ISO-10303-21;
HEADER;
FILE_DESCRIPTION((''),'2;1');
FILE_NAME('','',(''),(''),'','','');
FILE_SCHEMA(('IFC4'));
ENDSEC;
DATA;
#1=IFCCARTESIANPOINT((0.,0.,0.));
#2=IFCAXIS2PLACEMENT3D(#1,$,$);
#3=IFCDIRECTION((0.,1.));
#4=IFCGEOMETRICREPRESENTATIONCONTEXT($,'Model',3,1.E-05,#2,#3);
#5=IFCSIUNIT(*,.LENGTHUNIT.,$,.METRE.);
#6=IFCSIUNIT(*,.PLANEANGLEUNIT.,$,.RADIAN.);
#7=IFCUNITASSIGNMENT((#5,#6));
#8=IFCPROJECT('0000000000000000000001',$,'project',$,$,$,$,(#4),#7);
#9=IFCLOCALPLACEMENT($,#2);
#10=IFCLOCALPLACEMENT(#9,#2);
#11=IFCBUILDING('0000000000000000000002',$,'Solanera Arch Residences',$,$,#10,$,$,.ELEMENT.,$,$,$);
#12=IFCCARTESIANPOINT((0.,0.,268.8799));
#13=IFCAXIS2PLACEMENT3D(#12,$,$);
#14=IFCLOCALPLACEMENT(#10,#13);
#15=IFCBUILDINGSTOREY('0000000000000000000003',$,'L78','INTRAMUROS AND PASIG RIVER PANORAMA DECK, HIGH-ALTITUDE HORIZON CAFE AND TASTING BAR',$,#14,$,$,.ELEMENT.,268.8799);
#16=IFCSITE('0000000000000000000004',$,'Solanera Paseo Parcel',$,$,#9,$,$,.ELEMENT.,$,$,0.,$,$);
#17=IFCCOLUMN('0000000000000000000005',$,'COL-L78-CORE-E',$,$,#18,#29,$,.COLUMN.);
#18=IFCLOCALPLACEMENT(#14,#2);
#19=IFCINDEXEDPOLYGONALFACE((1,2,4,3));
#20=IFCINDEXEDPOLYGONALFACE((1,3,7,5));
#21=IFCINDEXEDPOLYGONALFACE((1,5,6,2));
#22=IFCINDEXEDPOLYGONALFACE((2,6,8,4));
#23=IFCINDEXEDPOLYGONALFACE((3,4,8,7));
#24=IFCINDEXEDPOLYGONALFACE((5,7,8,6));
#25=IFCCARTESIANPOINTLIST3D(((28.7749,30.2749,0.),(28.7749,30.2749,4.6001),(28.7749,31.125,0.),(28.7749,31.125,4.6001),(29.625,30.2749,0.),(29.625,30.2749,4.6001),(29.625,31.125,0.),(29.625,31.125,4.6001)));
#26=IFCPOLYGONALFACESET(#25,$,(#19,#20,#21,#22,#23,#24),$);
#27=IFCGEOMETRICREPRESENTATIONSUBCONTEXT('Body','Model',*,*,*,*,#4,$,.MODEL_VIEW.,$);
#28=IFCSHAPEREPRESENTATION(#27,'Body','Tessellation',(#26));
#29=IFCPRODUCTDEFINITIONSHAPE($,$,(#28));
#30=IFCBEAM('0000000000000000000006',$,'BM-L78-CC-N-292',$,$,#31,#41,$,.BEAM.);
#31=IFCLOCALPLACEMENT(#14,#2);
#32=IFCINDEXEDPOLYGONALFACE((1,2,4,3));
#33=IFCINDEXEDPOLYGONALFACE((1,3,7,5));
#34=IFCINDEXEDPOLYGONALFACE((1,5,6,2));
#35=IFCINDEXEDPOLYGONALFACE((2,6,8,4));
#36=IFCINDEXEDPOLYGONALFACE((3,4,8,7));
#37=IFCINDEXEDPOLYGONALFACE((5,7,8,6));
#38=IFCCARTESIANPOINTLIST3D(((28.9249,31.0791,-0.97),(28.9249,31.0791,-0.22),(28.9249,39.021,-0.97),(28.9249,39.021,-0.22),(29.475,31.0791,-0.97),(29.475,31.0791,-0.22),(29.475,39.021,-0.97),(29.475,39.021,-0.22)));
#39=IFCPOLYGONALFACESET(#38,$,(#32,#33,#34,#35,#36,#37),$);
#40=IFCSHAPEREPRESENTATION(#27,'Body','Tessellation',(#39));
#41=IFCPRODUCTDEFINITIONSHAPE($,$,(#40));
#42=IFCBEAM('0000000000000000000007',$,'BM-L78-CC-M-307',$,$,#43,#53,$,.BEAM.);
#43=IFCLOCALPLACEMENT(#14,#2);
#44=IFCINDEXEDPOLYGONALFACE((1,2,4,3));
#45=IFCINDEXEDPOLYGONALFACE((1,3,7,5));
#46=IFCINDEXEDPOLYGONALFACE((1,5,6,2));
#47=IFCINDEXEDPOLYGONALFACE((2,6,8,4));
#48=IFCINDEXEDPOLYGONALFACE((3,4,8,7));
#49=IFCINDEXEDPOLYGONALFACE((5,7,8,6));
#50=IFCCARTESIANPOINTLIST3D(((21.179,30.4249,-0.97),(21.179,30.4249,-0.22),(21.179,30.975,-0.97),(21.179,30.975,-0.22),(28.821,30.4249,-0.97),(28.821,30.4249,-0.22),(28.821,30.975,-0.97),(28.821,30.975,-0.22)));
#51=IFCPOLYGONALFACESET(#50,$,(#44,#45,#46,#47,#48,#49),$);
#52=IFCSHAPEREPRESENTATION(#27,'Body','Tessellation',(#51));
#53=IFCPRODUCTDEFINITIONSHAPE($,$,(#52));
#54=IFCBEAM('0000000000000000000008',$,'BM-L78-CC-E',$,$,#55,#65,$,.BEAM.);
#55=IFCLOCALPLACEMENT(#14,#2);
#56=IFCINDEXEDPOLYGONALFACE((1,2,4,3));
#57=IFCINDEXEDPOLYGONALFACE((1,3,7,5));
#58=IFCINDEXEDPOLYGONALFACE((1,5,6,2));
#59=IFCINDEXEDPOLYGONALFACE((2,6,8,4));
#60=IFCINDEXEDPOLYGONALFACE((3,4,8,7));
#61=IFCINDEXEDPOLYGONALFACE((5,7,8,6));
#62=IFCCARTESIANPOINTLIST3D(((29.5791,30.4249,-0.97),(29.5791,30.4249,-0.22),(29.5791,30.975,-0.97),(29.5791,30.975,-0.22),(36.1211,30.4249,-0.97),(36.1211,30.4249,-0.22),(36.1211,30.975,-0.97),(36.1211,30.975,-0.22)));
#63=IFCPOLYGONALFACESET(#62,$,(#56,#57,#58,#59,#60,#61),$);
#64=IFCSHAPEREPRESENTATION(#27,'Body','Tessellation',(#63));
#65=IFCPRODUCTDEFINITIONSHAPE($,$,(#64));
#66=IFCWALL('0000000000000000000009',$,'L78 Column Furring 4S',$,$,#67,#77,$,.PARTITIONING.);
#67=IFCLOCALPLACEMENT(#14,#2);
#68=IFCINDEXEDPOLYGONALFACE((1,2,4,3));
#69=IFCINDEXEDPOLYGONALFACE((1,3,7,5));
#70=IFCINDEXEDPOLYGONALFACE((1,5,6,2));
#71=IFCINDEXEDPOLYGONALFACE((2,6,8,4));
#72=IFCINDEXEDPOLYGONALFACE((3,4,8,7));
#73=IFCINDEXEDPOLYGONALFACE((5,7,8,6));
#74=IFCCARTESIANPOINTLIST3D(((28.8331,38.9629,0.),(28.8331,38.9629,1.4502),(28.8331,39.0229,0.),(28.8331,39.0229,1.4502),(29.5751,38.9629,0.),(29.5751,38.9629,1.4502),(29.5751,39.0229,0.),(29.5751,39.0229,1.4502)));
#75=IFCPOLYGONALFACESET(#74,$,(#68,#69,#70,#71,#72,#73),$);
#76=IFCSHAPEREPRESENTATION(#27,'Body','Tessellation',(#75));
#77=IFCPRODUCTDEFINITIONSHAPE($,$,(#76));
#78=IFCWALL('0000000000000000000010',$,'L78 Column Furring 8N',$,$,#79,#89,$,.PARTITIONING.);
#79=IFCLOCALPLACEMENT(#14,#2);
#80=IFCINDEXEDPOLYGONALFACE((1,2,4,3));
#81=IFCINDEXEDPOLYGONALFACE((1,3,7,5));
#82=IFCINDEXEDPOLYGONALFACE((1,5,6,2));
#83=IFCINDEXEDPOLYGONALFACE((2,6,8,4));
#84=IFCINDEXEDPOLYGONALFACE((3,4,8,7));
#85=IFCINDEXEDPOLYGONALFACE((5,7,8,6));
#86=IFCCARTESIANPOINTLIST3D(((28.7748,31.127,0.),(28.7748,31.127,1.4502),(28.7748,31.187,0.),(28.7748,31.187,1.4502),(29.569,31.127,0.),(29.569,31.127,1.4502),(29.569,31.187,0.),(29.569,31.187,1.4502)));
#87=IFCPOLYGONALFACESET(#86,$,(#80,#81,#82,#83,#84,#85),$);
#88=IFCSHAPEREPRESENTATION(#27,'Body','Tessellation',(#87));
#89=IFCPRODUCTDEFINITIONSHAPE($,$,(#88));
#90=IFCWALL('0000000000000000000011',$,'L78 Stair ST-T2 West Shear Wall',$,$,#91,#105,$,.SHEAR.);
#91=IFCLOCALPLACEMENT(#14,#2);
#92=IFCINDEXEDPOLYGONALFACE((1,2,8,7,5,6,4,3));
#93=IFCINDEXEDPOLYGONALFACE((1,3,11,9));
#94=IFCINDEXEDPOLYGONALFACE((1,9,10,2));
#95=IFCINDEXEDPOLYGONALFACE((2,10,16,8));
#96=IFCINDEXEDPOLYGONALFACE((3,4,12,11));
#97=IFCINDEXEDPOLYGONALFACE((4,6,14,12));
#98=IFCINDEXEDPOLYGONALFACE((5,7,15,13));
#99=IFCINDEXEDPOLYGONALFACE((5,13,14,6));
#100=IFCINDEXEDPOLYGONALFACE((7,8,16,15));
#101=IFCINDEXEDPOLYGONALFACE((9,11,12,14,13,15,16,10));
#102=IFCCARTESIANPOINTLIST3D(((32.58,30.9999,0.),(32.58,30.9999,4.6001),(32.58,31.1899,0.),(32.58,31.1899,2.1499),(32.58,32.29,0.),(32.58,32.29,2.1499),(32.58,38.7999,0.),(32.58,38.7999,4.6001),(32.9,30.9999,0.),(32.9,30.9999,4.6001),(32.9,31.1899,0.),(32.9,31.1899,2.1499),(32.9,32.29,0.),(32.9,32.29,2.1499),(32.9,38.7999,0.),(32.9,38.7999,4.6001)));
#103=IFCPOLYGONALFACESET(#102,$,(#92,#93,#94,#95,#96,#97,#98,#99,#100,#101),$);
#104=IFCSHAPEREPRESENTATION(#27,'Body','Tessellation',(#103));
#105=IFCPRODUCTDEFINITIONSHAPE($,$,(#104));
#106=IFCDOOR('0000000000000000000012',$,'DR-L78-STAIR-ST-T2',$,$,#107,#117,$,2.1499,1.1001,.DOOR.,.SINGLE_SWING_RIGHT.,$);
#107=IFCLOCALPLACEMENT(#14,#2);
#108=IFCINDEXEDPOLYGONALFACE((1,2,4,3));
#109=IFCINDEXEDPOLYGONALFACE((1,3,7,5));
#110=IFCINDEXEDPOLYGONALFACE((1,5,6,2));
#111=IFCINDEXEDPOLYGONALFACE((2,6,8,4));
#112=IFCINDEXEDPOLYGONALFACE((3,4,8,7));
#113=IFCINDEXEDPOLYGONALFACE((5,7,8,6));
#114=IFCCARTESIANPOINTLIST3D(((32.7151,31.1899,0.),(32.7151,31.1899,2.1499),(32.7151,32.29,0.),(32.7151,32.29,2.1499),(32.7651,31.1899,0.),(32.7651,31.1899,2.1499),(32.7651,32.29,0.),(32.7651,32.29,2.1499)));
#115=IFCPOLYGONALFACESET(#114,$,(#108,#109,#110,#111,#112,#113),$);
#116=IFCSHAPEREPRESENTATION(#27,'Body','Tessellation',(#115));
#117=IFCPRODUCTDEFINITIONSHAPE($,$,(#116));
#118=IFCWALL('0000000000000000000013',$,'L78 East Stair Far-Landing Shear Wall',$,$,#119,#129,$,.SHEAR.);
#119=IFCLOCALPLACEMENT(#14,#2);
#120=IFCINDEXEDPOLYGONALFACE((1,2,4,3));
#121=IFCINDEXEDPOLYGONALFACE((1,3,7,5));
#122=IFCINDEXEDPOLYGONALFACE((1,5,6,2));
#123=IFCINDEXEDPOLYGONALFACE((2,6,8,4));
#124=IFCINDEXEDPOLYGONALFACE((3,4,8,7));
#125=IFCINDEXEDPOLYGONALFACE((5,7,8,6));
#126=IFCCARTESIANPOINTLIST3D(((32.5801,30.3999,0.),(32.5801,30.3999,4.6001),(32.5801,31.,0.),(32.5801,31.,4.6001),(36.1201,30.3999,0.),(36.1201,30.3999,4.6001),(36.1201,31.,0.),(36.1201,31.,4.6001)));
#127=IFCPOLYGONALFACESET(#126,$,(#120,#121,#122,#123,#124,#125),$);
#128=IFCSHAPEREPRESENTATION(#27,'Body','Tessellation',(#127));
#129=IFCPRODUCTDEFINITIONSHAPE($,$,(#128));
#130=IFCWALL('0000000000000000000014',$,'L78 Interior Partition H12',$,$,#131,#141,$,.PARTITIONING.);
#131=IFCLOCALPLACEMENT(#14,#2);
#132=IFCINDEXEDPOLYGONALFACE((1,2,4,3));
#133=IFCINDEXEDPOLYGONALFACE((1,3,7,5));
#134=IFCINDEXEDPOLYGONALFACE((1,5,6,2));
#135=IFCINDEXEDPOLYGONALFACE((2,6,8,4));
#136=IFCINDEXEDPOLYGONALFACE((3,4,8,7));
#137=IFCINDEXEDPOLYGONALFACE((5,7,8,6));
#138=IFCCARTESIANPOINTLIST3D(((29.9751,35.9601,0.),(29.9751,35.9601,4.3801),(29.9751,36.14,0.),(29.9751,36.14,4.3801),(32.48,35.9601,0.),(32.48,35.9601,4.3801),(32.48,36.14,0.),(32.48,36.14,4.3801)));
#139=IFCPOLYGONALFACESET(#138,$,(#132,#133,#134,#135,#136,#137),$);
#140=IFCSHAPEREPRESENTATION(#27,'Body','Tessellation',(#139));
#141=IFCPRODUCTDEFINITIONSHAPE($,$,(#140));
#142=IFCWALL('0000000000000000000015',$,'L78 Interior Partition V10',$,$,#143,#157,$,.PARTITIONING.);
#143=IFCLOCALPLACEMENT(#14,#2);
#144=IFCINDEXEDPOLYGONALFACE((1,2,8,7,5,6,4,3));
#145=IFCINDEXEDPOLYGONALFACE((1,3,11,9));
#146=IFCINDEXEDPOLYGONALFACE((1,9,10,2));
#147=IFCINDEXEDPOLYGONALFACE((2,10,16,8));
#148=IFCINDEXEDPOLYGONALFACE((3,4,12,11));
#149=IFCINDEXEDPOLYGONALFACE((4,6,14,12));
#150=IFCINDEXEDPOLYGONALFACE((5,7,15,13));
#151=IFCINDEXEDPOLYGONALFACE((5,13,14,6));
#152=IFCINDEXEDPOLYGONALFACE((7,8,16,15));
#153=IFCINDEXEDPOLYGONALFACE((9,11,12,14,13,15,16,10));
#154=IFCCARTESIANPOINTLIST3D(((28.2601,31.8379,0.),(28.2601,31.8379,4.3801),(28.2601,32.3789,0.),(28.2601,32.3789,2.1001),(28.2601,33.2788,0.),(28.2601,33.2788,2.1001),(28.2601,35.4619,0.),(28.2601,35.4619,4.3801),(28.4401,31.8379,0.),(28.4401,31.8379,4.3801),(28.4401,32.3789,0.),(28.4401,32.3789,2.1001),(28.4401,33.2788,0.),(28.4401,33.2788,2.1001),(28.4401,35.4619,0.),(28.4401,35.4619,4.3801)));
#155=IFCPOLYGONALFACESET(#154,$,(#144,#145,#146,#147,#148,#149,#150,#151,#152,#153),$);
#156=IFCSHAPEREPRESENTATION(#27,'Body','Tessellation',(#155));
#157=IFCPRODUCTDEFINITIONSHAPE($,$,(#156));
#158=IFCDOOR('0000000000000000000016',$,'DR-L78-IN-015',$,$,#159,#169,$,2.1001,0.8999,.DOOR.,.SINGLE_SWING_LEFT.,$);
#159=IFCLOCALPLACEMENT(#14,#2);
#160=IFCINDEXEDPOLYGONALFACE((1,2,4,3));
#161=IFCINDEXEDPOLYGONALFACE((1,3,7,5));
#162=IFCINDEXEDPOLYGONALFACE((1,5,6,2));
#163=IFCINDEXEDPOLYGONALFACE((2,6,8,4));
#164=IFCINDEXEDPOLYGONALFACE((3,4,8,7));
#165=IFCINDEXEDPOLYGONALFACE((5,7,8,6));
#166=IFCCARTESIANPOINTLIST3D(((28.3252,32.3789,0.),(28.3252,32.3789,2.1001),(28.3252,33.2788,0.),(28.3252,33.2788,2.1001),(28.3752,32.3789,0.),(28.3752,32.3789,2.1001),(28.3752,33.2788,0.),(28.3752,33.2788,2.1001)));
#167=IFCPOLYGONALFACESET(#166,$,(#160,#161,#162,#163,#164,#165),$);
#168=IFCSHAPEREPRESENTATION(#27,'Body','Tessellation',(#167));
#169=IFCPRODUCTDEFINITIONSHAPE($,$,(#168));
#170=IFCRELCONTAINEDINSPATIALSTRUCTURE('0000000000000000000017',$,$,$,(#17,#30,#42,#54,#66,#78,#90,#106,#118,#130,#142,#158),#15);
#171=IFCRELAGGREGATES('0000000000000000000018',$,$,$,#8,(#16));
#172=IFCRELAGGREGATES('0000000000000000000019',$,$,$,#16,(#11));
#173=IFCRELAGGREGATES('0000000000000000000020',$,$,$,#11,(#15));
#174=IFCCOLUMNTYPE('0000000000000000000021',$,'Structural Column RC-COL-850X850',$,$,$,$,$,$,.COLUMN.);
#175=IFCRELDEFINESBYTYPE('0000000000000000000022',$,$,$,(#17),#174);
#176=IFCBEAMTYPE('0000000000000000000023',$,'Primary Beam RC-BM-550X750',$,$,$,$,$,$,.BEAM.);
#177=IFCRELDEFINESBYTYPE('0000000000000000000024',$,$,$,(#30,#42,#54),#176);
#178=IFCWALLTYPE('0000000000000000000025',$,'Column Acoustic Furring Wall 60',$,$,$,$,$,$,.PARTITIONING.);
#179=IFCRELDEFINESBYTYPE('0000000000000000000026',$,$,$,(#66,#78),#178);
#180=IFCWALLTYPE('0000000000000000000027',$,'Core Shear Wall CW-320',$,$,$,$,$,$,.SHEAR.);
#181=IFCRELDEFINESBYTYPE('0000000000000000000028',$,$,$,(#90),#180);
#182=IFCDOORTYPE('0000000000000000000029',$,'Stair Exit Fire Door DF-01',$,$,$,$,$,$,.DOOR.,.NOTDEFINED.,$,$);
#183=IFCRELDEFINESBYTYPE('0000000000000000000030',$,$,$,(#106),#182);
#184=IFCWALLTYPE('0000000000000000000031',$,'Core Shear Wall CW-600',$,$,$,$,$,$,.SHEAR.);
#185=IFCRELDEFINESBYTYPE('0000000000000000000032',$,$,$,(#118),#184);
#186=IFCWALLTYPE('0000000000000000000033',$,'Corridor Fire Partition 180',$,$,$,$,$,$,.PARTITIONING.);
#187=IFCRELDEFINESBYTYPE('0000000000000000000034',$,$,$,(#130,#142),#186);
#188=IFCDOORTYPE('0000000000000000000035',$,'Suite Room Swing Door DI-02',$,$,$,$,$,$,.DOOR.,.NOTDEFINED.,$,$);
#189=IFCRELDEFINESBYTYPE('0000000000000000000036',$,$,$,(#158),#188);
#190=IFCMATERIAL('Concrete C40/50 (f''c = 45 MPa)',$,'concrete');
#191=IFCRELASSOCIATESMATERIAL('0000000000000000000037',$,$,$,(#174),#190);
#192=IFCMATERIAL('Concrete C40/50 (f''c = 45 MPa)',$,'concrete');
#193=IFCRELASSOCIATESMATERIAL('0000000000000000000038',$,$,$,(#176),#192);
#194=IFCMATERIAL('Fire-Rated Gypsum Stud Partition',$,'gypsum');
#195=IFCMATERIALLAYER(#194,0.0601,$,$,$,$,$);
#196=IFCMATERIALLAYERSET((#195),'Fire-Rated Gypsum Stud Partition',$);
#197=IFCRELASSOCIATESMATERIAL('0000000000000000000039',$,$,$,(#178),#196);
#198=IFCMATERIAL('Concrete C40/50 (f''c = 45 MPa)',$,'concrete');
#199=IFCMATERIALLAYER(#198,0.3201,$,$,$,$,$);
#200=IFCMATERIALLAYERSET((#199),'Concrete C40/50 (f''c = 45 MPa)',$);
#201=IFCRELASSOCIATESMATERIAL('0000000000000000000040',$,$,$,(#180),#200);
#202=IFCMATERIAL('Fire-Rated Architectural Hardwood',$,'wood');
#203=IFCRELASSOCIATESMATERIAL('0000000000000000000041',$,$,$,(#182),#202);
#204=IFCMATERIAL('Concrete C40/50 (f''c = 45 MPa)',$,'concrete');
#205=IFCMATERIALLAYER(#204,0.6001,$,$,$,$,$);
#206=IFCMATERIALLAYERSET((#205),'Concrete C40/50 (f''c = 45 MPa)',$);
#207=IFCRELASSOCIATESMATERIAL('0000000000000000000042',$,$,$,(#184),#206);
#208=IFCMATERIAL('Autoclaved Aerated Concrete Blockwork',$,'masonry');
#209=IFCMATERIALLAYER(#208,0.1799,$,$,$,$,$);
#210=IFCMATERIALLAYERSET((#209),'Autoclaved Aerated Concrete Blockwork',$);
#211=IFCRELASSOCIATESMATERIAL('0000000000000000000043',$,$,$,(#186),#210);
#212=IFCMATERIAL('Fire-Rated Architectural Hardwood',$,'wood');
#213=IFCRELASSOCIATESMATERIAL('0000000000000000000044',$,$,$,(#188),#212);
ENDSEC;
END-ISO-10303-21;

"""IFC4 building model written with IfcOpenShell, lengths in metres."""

from ifc_helpers import new_model, si_unit, direction, frame, frame_2d, origin, origin_2d, place, context, subcontext, project, spatial, rectangle, extrude, material, layer, layer_set, material_profile, profile_set, type_object, element, fill, save


model = new_model("IFC4")

# Units and contexts
model_context = context("Model", 3, precision=1e-05, world=origin(), true_north=direction((0.0, 1.0)))
body_context = subcontext(model_context, "Body", "Model", "MODEL_VIEW")
ifc_project = project(units=[si_unit("LENGTHUNIT", "METRE"), si_unit("PLANEANGLEUNIT", "RADIAN")], contexts=[model_context])

# Site, building, storey
site_placement = place(None, origin())
site = spatial("IfcSite", under=ifc_project, at=site_placement, Name="Solanera Paseo Parcel", CompositionType="ELEMENT", RefElevation=0.0)
building_placement = place(site_placement, origin())
building = spatial("IfcBuilding", under=site, at=building_placement, Name="Solanera Arch Residences", CompositionType="ELEMENT")
storey_placement = place(building_placement, frame((0.0, 0.0, 268.8799)))
storey = spatial("IfcBuildingStorey", under=building, at=storey_placement, Name="L78", Description="INTRAMUROS AND PASIG RIVER PANORAMA DECK, HIGH-ALTITUDE HORIZON CAFE AND TASTING BAR", CompositionType="ELEMENT", Elevation=268.8799)

# Column
ifc_material_1 = material(Name="Concrete C40/50 (f'c = 45 MPa)", Category="concrete")
ifc_material_profile_1 = material_profile(ifc_material_1, rectangle(XDim=0.8501, YDim=0.8501, at=origin_2d()))
ifc_profile_set_1 = profile_set([ifc_material_profile_1], Name="Concrete C40/50 (f'c = 45 MPa)")
column_type = type_object("IfcColumnType", Name="Structural Column RC-COL-850X850", PredefinedType="COLUMN", material=ifc_profile_set_1)
column_placement = place(storey_placement, frame((29.2, 30.7, 0.0), z_axis=(0.0, 0.0, 1.0), x_axis=(1.0, 0.0, 0.0)))
element("IfcColumn", 1, at=column_placement, inside=storey, type_object=column_type, Name="COL-L78-CORE-E", PredefinedType="COLUMN", context=body_context, shape_type="SweptSolid", body=[
    extrude(rectangle(XDim=0.8501, YDim=0.8501, at=origin_2d()), origin(), (0.0, 0.0, 1.0), 4.6001),
])

# Beams
ifc_material_2 = material(Name="Concrete C40/50 (f'c = 45 MPa)", Category="concrete")
ifc_material_profile_2 = material_profile(ifc_material_2, rectangle(XDim=0.55, YDim=0.75, at=origin_2d()))
ifc_profile_set_2 = profile_set([ifc_material_profile_2], Name="Concrete C40/50 (f'c = 45 MPa)")
beam_type = type_object("IfcBeamType", Name="Primary Beam RC-BM-550X750", PredefinedType="BEAM", material=ifc_profile_set_2)
beam_1_placement = place(storey_placement, frame((29.2, 31.0791, -0.595), z_axis=(0.0, 1.0, 0.0), x_axis=(-1.0, 0.0, 0.0)))
element("IfcBeam", 2, at=beam_1_placement, inside=storey, type_object=beam_type, Name="BM-L78-CC-N-292", PredefinedType="BEAM", context=body_context, shape_type="SweptSolid", body=[
    extrude(rectangle(XDim=0.55, YDim=0.75, at=origin_2d()), origin(), (0.0, 0.0, 1.0), 7.9419),
])
beam_2_placement = place(storey_placement, frame((21.179, 30.7, -0.595), z_axis=(1.0, 0.0, 0.0), x_axis=(0.0, 1.0, 0.0)))
element("IfcBeam", 3, at=beam_2_placement, inside=storey, type_object=beam_type, Name="BM-L78-CC-M-307", PredefinedType="BEAM", context=body_context, shape_type="SweptSolid", body=[
    extrude(rectangle(XDim=0.55, YDim=0.75, at=origin_2d()), origin(), (0.0, 0.0, 1.0), 7.6421),
])
beam_3_placement = place(storey_placement, frame((29.5791, 30.7, -0.595), z_axis=(1.0, 0.0, 0.0), x_axis=(0.0, 1.0, 0.0)))
element("IfcBeam", 4, at=beam_3_placement, inside=storey, type_object=beam_type, Name="BM-L78-CC-E", PredefinedType="BEAM", context=body_context, shape_type="SweptSolid", body=[
    extrude(rectangle(XDim=0.55, YDim=0.75, at=origin_2d()), origin(), (0.0, 0.0, 1.0), 6.542),
])

# Walls
ifc_material_3 = material(Name="Fire-Rated Gypsum Stud Partition", Category="gypsum")
ifc_layer_1 = layer(ifc_material_3, 0.0601)
ifc_layer_set_1 = layer_set([ifc_layer_1], Name="Fire-Rated Gypsum Stud Partition")
wall_type_1 = type_object("IfcWallType", Name="Column Acoustic Furring Wall 60", PredefinedType="PARTITIONING", material=ifc_layer_set_1)
wall_1_placement = place(storey_placement, frame((28.833, 38.9929, 0.0), z_axis=(0.0, 0.0, 1.0), x_axis=(1.0, 0.0, 0.0)))
element("IfcWall", 5, at=wall_1_placement, inside=storey, type_object=wall_type_1, Name="L78 Column Furring 4S", PredefinedType="PARTITIONING", context=body_context, shape_type="SweptSolid", body=[
    extrude(rectangle(XDim=0.7419, YDim=0.0601, at=frame_2d((0.3711, 0.0))), origin(), (0.0, 0.0, 1.0), 1.4502),
])
wall_2_placement = place(storey_placement, frame((28.7749, 31.157, 0.0), z_axis=(0.0, 0.0, 1.0), x_axis=(1.0, 0.0, 0.0)))
element("IfcWall", 6, at=wall_2_placement, inside=storey, type_object=wall_type_1, Name="L78 Column Furring 8N", PredefinedType="PARTITIONING", context=body_context, shape_type="SweptSolid", body=[
    extrude(rectangle(XDim=0.7942, YDim=0.0601, at=frame_2d((0.397, 0.0))), origin(), (0.0, 0.0, 1.0), 1.4502),
])

# Wall, opening, door
ifc_material_4 = material(Name="Concrete C40/50 (f'c = 45 MPa)", Category="concrete")
ifc_layer_2 = layer(ifc_material_4, 0.3201)
ifc_layer_set_2 = layer_set([ifc_layer_2], Name="Concrete C40/50 (f'c = 45 MPa)")
wall_type_2 = type_object("IfcWallType", Name="Core Shear Wall CW-320", PredefinedType="SHEAR", material=ifc_layer_set_2)
wall_3_placement = place(storey_placement, frame((32.74, 31.0, 0.0), z_axis=(0.0, 0.0, 1.0), x_axis=(0.0, 1.0, 0.0)))
wall_3 = element("IfcWall", 7, at=wall_3_placement, inside=storey, type_object=wall_type_2, Name="L78 Stair ST-T2 West Shear Wall", PredefinedType="SHEAR", context=body_context, shape_type="SweptSolid", body=[
    extrude(rectangle(XDim=7.8, YDim=0.3201, at=frame_2d((3.8999, 0.0))), origin(), (0.0, 0.0, 1.0), 4.6001),
])
opening_1_placement = place(wall_3_placement, frame((0.1899, 0.0, 0.0)))
opening_1 = element("IfcOpeningElement", 8, at=opening_1_placement, cuts=wall_3, PredefinedType="OPENING", context=body_context, shape_type="SweptSolid", body=[
    extrude(rectangle(XDim=1.1001, YDim=2.1499, at=frame_2d((0.55, 1.075))), frame((0.0, 0.1699, 0.0), z_axis=(0.0, -1.0, 0.0), x_axis=(1.0, 0.0, 0.0)), (0.0, 0.0, 1.0), 0.3401),
])
ifc_material_5 = material(Name="Fire-Rated Architectural Hardwood", Category="wood")
door_type_1 = type_object("IfcDoorType", Name="Stair Exit Fire Door DF-01", OperationType="NOTDEFINED", PredefinedType="DOOR", material=ifc_material_5)
door_1_placement = place(opening_1_placement, origin())
door_1 = element("IfcDoor", 9, at=door_1_placement, inside=storey, type_object=door_type_1, Name="DR-L78-STAIR-ST-T2", OperationType="SINGLE_SWING_RIGHT", OverallHeight=2.1499, OverallWidth=1.1001, PredefinedType="DOOR", context=body_context, shape_type="SweptSolid", body=[
    extrude(rectangle(XDim=1.1001, YDim=2.1499, at=frame_2d((0.55, 1.075))), frame((0.0, 0.0249, 0.0), z_axis=(0.0, -1.0, 0.0), x_axis=(1.0, 0.0, 0.0)), (0.0, 0.0, 1.0), 0.05),
])
fill(opening_1, door_1)

# Walls
ifc_material_6 = material(Name="Concrete C40/50 (f'c = 45 MPa)", Category="concrete")
ifc_layer_3 = layer(ifc_material_6, 0.6001)
ifc_layer_set_3 = layer_set([ifc_layer_3], Name="Concrete C40/50 (f'c = 45 MPa)")
wall_type_3 = type_object("IfcWallType", Name="Core Shear Wall CW-600", PredefinedType="SHEAR", material=ifc_layer_set_3)
wall_4_placement = place(storey_placement, frame((32.5801, 30.7, 0.0), z_axis=(0.0, 0.0, 1.0), x_axis=(1.0, 0.0, 0.0)))
element("IfcWall", 10, at=wall_4_placement, inside=storey, type_object=wall_type_3, Name="L78 East Stair Far-Landing Shear Wall", PredefinedType="SHEAR", context=body_context, shape_type="SweptSolid", body=[
    extrude(rectangle(XDim=3.54, YDim=0.6001, at=frame_2d((1.77, 0.0))), origin(), (0.0, 0.0, 1.0), 4.6001),
])
ifc_material_7 = material(Name="Autoclaved Aerated Concrete Blockwork", Category="masonry")
ifc_layer_4 = layer(ifc_material_7, 0.1799)
ifc_layer_set_4 = layer_set([ifc_layer_4], Name="Autoclaved Aerated Concrete Blockwork")
wall_type_4 = type_object("IfcWallType", Name="Corridor Fire Partition 180", PredefinedType="PARTITIONING", material=ifc_layer_set_4)
wall_5_placement = place(storey_placement, frame((29.9751, 36.05, 0.0), z_axis=(0.0, 0.0, 1.0), x_axis=(1.0, 0.0, 0.0)))
element("IfcWall", 11, at=wall_5_placement, inside=storey, type_object=wall_type_4, Name="L78 Interior Partition H12", PredefinedType="PARTITIONING", context=body_context, shape_type="SweptSolid", body=[
    extrude(rectangle(XDim=2.5049, YDim=0.1799, at=frame_2d((1.2524, 0.0))), origin(), (0.0, 0.0, 1.0), 4.3801),
])

# Wall, opening, door
wall_6_placement = place(storey_placement, frame((28.3501, 31.8379, 0.0), z_axis=(0.0, 0.0, 1.0), x_axis=(0.0, 1.0, 0.0)))
wall_6 = element("IfcWall", 12, at=wall_6_placement, inside=storey, type_object=wall_type_4, Name="L78 Interior Partition V10", PredefinedType="PARTITIONING", context=body_context, shape_type="SweptSolid", body=[
    extrude(rectangle(XDim=3.624, YDim=0.1799, at=frame_2d((1.812, 0.0))), origin(), (0.0, 0.0, 1.0), 4.3801),
])
opening_2_placement = place(wall_6_placement, frame((0.541, 0.0, 0.0)))
opening_2 = element("IfcOpeningElement", 13, at=opening_2_placement, cuts=wall_6, PredefinedType="OPENING", context=body_context, shape_type="SweptSolid", body=[
    extrude(rectangle(XDim=0.8999, YDim=2.1001, at=frame_2d((0.45, 1.05))), frame((0.0, 0.1001, 0.0), z_axis=(0.0, -1.0, 0.0), x_axis=(1.0, 0.0, 0.0)), (0.0, 0.0, 1.0), 0.1999),
])
ifc_material_8 = material(Name="Fire-Rated Architectural Hardwood", Category="wood")
door_type_2 = type_object("IfcDoorType", Name="Suite Room Swing Door DI-02", OperationType="NOTDEFINED", PredefinedType="DOOR", material=ifc_material_8)
door_2_placement = place(opening_2_placement, origin())
door_2 = element("IfcDoor", 14, at=door_2_placement, inside=storey, type_object=door_type_2, Name="DR-L78-IN-015", OperationType="SINGLE_SWING_LEFT", OverallHeight=2.1001, OverallWidth=0.8999, PredefinedType="DOOR", context=body_context, shape_type="SweptSolid", body=[
    extrude(rectangle(XDim=0.8999, YDim=2.1001, at=frame_2d((0.45, 1.05))), frame((0.0, 0.0249, 0.0), z_axis=(0.0, -1.0, 0.0), x_axis=(1.0, 0.0, 0.0)), (0.0, 0.0, 1.0), 0.05),
])
fill(opening_2, door_2)

save(model, "model.ifc")
